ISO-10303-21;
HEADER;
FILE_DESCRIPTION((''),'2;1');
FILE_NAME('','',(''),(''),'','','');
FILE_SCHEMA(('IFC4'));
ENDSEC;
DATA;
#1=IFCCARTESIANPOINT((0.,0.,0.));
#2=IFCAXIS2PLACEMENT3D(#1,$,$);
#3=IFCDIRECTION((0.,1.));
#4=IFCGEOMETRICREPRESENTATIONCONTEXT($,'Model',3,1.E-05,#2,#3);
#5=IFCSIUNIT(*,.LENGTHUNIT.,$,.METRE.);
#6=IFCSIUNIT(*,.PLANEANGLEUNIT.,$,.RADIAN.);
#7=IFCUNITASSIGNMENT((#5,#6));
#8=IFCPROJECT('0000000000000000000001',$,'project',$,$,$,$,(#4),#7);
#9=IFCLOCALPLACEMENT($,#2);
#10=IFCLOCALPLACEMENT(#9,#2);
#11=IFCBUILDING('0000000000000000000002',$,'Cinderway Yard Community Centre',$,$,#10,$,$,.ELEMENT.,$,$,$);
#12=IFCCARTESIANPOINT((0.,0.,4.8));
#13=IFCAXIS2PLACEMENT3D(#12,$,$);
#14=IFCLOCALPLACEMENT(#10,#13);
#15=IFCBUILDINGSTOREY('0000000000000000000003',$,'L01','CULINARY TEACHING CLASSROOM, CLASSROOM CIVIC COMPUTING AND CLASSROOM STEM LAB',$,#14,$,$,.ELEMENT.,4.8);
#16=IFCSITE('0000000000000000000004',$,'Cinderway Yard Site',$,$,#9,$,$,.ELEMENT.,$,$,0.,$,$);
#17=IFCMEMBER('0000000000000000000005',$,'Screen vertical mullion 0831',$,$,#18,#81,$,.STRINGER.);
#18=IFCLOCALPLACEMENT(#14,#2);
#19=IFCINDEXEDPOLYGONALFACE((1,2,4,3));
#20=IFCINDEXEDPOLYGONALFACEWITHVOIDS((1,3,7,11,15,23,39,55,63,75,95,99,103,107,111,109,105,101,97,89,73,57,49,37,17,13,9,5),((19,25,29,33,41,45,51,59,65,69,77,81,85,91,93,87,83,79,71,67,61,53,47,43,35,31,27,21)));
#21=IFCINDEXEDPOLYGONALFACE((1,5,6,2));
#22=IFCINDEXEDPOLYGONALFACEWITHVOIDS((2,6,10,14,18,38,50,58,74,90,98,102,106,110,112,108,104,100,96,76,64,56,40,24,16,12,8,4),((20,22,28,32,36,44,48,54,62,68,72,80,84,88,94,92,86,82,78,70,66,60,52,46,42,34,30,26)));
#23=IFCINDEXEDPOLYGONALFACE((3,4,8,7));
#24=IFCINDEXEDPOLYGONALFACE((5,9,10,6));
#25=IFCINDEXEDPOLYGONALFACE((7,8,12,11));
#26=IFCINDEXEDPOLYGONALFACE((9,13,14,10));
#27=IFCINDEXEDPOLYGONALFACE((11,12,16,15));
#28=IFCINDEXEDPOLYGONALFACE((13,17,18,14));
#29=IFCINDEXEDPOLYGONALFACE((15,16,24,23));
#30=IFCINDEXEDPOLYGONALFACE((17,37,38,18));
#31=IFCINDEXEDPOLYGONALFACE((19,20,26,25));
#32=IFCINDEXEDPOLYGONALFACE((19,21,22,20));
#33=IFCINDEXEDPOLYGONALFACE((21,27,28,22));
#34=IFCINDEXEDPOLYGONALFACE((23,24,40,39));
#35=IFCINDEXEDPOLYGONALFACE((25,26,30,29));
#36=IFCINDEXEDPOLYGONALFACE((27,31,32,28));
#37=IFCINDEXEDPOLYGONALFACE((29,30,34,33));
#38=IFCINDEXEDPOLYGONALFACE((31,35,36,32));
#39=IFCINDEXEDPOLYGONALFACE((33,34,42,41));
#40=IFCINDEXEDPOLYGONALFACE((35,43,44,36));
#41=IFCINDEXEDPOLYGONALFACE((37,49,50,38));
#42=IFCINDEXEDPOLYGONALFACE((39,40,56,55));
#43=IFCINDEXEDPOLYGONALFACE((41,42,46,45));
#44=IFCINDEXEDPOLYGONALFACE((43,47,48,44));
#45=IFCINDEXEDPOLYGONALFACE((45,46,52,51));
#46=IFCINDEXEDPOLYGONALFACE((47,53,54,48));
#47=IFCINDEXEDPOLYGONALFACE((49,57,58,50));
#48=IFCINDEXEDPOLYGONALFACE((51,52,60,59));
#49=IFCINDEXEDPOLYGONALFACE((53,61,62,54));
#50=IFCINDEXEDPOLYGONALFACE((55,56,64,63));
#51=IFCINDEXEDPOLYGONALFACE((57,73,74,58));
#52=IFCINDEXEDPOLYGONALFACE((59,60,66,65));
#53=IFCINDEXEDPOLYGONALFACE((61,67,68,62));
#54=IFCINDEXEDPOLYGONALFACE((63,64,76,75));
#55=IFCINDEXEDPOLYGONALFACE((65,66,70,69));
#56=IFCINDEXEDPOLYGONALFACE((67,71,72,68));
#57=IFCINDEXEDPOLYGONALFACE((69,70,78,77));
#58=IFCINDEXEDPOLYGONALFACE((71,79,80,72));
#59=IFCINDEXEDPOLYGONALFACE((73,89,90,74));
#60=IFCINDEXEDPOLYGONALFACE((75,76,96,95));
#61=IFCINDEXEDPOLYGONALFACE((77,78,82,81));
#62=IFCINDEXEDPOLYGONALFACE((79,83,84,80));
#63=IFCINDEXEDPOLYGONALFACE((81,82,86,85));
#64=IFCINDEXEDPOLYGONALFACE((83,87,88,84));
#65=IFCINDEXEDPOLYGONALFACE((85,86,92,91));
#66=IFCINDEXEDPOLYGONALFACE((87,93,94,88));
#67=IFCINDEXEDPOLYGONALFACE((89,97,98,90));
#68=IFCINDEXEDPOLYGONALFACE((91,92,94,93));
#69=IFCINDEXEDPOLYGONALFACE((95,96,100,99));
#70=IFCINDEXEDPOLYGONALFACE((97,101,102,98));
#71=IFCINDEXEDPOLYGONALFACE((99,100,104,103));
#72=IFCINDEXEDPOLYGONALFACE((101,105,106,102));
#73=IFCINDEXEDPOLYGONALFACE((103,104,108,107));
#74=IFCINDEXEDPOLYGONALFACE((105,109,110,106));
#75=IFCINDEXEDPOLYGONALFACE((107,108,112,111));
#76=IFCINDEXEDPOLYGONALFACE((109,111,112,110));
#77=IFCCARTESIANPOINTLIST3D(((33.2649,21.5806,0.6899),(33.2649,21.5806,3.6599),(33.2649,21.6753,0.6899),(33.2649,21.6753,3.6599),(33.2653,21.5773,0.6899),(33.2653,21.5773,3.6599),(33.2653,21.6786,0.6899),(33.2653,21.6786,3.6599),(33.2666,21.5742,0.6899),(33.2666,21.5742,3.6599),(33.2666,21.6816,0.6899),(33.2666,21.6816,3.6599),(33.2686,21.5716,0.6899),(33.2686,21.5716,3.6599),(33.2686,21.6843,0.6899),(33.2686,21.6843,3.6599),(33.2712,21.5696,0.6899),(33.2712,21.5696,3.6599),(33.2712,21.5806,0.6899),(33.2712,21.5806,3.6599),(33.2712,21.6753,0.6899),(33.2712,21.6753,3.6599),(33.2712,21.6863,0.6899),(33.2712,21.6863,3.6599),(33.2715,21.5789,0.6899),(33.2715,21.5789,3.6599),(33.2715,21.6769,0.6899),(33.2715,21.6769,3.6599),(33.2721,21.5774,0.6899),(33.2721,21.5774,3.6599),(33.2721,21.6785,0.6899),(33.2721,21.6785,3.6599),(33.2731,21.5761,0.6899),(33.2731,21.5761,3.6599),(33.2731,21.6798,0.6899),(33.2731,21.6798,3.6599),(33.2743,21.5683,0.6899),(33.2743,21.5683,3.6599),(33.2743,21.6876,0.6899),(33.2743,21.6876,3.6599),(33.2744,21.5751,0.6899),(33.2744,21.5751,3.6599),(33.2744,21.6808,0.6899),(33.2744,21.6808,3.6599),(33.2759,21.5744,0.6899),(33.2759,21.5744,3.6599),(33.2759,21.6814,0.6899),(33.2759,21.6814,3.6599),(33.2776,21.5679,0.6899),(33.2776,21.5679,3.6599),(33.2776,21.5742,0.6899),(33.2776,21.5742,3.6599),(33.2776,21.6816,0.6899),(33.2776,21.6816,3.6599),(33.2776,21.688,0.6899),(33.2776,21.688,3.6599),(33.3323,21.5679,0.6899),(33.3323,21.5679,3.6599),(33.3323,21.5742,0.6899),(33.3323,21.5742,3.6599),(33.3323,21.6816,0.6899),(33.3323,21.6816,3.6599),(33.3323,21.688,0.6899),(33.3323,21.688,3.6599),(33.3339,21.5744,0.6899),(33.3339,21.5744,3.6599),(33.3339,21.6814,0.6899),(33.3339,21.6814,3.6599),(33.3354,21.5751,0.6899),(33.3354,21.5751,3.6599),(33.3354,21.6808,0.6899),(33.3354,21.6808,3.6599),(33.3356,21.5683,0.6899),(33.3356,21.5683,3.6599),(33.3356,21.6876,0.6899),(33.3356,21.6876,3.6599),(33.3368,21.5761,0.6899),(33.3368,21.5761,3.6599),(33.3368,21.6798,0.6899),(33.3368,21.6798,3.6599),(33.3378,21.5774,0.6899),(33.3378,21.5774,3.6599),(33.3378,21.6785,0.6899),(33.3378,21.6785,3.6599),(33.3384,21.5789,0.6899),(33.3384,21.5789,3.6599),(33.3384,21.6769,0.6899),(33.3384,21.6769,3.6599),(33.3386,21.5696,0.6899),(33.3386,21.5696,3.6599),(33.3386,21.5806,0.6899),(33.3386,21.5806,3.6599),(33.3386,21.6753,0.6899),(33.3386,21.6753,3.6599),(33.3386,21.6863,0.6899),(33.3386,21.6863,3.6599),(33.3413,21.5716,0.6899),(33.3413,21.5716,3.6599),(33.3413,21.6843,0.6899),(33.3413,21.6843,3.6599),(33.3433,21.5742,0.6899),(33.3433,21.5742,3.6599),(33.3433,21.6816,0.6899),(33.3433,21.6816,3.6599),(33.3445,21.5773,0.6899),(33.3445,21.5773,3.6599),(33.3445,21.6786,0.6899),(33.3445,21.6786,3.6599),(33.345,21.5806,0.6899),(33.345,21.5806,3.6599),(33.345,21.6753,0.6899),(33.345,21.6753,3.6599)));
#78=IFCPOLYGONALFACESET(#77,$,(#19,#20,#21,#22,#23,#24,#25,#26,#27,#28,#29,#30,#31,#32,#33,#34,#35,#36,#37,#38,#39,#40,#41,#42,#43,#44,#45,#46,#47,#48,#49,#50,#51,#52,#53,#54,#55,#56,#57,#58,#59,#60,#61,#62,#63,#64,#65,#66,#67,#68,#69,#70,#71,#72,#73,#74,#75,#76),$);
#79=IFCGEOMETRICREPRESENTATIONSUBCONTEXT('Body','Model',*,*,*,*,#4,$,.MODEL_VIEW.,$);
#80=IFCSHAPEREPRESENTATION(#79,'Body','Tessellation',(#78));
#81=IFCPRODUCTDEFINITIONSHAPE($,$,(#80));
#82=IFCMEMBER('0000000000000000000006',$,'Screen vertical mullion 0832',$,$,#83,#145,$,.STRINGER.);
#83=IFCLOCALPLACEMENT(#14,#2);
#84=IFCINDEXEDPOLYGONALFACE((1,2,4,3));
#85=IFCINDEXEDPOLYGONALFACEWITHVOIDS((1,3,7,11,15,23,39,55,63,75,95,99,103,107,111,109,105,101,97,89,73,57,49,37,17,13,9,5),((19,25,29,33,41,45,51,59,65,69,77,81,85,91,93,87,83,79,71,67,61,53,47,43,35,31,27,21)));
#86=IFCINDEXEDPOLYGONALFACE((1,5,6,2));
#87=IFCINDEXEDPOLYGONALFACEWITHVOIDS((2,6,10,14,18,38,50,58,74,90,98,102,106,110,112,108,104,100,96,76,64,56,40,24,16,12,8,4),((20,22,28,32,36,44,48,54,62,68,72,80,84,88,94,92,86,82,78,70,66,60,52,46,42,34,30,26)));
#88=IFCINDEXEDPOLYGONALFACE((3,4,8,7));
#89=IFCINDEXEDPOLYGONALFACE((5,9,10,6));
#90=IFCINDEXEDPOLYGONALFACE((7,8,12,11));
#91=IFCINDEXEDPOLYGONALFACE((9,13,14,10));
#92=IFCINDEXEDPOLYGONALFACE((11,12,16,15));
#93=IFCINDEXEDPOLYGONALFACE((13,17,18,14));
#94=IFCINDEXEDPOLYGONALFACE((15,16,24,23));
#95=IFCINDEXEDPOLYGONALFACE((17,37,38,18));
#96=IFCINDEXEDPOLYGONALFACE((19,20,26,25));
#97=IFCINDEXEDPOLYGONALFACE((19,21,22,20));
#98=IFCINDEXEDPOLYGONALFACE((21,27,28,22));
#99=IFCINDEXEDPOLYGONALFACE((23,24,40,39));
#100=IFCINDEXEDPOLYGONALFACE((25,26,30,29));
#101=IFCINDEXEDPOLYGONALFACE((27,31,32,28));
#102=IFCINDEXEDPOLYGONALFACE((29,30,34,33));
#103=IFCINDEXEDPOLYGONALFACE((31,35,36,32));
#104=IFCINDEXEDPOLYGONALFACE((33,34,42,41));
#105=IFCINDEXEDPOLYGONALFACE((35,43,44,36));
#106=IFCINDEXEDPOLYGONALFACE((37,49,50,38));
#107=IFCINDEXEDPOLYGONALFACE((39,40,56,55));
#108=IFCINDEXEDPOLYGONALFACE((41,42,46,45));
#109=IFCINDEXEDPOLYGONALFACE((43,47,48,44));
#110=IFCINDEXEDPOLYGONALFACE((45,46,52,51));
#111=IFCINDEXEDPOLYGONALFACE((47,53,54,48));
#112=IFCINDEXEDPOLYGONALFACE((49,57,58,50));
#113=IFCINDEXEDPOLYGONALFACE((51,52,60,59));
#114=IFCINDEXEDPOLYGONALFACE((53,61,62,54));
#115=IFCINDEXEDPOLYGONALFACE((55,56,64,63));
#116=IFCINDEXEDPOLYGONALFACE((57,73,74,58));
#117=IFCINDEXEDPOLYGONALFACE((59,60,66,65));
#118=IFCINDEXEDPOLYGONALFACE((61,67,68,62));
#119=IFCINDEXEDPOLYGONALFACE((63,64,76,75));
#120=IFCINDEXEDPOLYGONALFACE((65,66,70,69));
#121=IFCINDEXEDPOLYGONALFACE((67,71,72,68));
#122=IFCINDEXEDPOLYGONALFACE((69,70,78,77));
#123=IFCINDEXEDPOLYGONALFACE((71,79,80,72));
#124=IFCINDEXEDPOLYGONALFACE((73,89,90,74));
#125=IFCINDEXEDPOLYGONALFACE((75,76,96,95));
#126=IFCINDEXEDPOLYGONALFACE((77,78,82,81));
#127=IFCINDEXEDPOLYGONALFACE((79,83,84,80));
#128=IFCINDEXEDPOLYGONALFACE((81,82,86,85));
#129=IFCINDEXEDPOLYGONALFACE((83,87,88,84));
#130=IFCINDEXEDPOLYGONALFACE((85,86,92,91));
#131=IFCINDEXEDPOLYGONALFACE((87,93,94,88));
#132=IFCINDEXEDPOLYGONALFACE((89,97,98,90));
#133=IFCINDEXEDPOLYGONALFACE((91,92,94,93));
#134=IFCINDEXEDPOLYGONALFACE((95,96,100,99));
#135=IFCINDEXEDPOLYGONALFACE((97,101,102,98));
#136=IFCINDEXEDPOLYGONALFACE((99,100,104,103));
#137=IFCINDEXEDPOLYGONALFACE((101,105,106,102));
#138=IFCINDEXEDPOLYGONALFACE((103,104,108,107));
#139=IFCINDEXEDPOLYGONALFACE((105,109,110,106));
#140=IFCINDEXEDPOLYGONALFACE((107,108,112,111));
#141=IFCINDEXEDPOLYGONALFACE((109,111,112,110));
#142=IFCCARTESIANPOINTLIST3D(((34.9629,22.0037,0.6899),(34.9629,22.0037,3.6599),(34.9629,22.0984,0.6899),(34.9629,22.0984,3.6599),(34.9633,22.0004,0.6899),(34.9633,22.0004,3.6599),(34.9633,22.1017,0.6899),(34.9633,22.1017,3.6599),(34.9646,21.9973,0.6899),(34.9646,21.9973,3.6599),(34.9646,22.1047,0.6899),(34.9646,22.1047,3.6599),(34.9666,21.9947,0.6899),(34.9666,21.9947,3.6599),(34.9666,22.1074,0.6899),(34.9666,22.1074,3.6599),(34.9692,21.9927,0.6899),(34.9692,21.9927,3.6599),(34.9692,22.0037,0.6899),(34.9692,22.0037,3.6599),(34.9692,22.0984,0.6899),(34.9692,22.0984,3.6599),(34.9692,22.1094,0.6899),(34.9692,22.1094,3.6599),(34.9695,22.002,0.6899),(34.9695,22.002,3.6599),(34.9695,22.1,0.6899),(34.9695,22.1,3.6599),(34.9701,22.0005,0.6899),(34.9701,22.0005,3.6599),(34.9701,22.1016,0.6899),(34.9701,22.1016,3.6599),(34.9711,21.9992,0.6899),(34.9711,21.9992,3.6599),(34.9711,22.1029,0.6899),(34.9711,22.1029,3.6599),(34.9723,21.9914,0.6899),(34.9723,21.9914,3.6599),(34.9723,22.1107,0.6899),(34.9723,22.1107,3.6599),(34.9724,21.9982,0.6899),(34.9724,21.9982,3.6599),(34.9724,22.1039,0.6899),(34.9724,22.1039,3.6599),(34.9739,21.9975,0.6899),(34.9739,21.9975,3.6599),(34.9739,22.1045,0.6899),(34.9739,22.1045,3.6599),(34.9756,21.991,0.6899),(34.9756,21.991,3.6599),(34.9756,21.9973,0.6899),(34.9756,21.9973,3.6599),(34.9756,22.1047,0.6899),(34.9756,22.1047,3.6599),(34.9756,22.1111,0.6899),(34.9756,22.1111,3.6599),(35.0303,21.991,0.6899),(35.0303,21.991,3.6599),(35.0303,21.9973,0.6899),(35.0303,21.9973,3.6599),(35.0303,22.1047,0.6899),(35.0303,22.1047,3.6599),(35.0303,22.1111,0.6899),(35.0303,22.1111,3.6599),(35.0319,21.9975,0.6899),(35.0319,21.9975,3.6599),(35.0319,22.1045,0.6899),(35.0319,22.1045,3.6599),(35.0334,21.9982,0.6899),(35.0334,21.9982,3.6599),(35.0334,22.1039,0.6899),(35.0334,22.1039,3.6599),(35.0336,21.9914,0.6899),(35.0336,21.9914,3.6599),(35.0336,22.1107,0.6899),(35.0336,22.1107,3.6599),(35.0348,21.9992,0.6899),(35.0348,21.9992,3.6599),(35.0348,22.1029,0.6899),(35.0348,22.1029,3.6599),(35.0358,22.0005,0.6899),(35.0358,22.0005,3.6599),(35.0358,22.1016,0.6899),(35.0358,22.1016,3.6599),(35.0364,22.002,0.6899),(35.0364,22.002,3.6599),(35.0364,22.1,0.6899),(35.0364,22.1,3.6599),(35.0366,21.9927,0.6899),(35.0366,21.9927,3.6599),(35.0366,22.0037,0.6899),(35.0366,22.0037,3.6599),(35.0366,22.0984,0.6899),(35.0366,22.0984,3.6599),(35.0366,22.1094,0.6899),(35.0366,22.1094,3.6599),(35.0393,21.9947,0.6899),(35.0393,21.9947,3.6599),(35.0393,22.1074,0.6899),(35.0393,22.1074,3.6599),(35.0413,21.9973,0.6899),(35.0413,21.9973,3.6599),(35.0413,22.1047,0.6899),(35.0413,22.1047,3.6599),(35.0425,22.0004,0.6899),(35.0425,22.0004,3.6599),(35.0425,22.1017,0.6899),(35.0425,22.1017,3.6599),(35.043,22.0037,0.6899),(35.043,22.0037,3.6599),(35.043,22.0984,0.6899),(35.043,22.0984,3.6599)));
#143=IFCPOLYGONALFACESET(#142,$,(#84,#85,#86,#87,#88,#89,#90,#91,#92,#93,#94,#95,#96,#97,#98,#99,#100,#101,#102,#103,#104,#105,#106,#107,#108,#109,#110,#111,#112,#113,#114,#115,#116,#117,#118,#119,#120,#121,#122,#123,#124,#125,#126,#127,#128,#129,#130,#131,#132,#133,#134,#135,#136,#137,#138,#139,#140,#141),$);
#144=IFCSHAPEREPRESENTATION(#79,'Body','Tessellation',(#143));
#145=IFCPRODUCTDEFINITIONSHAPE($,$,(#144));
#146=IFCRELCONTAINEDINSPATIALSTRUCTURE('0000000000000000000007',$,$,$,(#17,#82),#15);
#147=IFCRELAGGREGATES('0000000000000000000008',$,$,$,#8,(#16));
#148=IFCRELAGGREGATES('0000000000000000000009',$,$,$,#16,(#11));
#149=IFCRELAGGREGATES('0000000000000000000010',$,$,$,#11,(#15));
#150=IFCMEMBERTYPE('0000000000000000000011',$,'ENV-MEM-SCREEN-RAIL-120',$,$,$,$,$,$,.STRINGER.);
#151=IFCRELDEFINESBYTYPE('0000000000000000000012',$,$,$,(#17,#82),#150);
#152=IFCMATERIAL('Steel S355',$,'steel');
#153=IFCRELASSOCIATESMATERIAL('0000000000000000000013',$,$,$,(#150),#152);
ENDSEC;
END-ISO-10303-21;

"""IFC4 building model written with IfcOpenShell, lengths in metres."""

from ifc_helpers import new_model, si_unit, direction, frame, origin, origin_2d, place, context, subcontext, project, spatial, hollow_rectangle, extrude, material, material_profile, profile_set, type_object, element, save


model = new_model("IFC4")

# Units and contexts
model_context = context("Model", 3, precision=1e-05, world=origin(), true_north=direction((0.0, 1.0)))
body_context = subcontext(model_context, "Body", "Model", "MODEL_VIEW")
ifc_project = project(units=[si_unit("LENGTHUNIT", "METRE"), si_unit("PLANEANGLEUNIT", "RADIAN")], contexts=[model_context])

# Site, building, storey
site_placement = place(None, origin())
site = spatial("IfcSite", under=ifc_project, at=site_placement, Name="Cinderway Yard Site", CompositionType="ELEMENT", RefElevation=0.0)
building_placement = place(site_placement, origin())
building = spatial("IfcBuilding", under=site, at=building_placement, Name="Cinderway Yard Community Centre", CompositionType="ELEMENT")
storey_placement = place(building_placement, frame((0.0, 0.0, 4.8)))
storey = spatial("IfcBuildingStorey", under=building, at=storey_placement, Name="L01", Description="CULINARY TEACHING CLASSROOM, CLASSROOM CIVIC COMPUTING AND CLASSROOM STEM LAB", CompositionType="ELEMENT", Elevation=4.8)

# Members
ifc_material_1 = material(Name="Steel S355", Category="steel")
ifc_material_profile_1 = material_profile(ifc_material_1, hollow_rectangle(XDim=0.0801, YDim=0.1201, WallThickness=0.0063, InnerFilletRadius=0.0063, OuterFilletRadius=0.0127, at=origin_2d()), Name="Steel S355")
ifc_profile_set_1 = profile_set([ifc_material_profile_1], Name="Steel S355")
member_type_1 = type_object("IfcMemberType", Name="ENV-MEM-SCREEN-RAIL-120", PredefinedType="STRINGER", material=ifc_profile_set_1)
for number, where, z_axis, x_axis, name in (
    (1, (33.3049, 21.6279, 0.6899), (0.0, 0.0, 1.0), (1.0, 0.0, 0.0), "Screen vertical mullion 0831"),
    (2, (35.0029, 22.051, 0.6899), (0.0, 0.0, 1.0), (1.0, 0.0, 0.0), "Screen vertical mullion 0832"),
):
    element("IfcMember", number, at=place(storey_placement, frame(where, z_axis=z_axis, x_axis=x_axis)), inside=storey, type_object=member_type_1, Name=name, PredefinedType="STRINGER", context=body_context, shape_type="SweptSolid", body=[
        extrude(hollow_rectangle(XDim=0.0801, YDim=0.1201, WallThickness=0.0063, InnerFilletRadius=0.0063, OuterFilletRadius=0.0127, at=origin_2d()), origin(), (0.0, 0.0, 1.0), 2.97),
    ])

save(model, "model.ifc")
